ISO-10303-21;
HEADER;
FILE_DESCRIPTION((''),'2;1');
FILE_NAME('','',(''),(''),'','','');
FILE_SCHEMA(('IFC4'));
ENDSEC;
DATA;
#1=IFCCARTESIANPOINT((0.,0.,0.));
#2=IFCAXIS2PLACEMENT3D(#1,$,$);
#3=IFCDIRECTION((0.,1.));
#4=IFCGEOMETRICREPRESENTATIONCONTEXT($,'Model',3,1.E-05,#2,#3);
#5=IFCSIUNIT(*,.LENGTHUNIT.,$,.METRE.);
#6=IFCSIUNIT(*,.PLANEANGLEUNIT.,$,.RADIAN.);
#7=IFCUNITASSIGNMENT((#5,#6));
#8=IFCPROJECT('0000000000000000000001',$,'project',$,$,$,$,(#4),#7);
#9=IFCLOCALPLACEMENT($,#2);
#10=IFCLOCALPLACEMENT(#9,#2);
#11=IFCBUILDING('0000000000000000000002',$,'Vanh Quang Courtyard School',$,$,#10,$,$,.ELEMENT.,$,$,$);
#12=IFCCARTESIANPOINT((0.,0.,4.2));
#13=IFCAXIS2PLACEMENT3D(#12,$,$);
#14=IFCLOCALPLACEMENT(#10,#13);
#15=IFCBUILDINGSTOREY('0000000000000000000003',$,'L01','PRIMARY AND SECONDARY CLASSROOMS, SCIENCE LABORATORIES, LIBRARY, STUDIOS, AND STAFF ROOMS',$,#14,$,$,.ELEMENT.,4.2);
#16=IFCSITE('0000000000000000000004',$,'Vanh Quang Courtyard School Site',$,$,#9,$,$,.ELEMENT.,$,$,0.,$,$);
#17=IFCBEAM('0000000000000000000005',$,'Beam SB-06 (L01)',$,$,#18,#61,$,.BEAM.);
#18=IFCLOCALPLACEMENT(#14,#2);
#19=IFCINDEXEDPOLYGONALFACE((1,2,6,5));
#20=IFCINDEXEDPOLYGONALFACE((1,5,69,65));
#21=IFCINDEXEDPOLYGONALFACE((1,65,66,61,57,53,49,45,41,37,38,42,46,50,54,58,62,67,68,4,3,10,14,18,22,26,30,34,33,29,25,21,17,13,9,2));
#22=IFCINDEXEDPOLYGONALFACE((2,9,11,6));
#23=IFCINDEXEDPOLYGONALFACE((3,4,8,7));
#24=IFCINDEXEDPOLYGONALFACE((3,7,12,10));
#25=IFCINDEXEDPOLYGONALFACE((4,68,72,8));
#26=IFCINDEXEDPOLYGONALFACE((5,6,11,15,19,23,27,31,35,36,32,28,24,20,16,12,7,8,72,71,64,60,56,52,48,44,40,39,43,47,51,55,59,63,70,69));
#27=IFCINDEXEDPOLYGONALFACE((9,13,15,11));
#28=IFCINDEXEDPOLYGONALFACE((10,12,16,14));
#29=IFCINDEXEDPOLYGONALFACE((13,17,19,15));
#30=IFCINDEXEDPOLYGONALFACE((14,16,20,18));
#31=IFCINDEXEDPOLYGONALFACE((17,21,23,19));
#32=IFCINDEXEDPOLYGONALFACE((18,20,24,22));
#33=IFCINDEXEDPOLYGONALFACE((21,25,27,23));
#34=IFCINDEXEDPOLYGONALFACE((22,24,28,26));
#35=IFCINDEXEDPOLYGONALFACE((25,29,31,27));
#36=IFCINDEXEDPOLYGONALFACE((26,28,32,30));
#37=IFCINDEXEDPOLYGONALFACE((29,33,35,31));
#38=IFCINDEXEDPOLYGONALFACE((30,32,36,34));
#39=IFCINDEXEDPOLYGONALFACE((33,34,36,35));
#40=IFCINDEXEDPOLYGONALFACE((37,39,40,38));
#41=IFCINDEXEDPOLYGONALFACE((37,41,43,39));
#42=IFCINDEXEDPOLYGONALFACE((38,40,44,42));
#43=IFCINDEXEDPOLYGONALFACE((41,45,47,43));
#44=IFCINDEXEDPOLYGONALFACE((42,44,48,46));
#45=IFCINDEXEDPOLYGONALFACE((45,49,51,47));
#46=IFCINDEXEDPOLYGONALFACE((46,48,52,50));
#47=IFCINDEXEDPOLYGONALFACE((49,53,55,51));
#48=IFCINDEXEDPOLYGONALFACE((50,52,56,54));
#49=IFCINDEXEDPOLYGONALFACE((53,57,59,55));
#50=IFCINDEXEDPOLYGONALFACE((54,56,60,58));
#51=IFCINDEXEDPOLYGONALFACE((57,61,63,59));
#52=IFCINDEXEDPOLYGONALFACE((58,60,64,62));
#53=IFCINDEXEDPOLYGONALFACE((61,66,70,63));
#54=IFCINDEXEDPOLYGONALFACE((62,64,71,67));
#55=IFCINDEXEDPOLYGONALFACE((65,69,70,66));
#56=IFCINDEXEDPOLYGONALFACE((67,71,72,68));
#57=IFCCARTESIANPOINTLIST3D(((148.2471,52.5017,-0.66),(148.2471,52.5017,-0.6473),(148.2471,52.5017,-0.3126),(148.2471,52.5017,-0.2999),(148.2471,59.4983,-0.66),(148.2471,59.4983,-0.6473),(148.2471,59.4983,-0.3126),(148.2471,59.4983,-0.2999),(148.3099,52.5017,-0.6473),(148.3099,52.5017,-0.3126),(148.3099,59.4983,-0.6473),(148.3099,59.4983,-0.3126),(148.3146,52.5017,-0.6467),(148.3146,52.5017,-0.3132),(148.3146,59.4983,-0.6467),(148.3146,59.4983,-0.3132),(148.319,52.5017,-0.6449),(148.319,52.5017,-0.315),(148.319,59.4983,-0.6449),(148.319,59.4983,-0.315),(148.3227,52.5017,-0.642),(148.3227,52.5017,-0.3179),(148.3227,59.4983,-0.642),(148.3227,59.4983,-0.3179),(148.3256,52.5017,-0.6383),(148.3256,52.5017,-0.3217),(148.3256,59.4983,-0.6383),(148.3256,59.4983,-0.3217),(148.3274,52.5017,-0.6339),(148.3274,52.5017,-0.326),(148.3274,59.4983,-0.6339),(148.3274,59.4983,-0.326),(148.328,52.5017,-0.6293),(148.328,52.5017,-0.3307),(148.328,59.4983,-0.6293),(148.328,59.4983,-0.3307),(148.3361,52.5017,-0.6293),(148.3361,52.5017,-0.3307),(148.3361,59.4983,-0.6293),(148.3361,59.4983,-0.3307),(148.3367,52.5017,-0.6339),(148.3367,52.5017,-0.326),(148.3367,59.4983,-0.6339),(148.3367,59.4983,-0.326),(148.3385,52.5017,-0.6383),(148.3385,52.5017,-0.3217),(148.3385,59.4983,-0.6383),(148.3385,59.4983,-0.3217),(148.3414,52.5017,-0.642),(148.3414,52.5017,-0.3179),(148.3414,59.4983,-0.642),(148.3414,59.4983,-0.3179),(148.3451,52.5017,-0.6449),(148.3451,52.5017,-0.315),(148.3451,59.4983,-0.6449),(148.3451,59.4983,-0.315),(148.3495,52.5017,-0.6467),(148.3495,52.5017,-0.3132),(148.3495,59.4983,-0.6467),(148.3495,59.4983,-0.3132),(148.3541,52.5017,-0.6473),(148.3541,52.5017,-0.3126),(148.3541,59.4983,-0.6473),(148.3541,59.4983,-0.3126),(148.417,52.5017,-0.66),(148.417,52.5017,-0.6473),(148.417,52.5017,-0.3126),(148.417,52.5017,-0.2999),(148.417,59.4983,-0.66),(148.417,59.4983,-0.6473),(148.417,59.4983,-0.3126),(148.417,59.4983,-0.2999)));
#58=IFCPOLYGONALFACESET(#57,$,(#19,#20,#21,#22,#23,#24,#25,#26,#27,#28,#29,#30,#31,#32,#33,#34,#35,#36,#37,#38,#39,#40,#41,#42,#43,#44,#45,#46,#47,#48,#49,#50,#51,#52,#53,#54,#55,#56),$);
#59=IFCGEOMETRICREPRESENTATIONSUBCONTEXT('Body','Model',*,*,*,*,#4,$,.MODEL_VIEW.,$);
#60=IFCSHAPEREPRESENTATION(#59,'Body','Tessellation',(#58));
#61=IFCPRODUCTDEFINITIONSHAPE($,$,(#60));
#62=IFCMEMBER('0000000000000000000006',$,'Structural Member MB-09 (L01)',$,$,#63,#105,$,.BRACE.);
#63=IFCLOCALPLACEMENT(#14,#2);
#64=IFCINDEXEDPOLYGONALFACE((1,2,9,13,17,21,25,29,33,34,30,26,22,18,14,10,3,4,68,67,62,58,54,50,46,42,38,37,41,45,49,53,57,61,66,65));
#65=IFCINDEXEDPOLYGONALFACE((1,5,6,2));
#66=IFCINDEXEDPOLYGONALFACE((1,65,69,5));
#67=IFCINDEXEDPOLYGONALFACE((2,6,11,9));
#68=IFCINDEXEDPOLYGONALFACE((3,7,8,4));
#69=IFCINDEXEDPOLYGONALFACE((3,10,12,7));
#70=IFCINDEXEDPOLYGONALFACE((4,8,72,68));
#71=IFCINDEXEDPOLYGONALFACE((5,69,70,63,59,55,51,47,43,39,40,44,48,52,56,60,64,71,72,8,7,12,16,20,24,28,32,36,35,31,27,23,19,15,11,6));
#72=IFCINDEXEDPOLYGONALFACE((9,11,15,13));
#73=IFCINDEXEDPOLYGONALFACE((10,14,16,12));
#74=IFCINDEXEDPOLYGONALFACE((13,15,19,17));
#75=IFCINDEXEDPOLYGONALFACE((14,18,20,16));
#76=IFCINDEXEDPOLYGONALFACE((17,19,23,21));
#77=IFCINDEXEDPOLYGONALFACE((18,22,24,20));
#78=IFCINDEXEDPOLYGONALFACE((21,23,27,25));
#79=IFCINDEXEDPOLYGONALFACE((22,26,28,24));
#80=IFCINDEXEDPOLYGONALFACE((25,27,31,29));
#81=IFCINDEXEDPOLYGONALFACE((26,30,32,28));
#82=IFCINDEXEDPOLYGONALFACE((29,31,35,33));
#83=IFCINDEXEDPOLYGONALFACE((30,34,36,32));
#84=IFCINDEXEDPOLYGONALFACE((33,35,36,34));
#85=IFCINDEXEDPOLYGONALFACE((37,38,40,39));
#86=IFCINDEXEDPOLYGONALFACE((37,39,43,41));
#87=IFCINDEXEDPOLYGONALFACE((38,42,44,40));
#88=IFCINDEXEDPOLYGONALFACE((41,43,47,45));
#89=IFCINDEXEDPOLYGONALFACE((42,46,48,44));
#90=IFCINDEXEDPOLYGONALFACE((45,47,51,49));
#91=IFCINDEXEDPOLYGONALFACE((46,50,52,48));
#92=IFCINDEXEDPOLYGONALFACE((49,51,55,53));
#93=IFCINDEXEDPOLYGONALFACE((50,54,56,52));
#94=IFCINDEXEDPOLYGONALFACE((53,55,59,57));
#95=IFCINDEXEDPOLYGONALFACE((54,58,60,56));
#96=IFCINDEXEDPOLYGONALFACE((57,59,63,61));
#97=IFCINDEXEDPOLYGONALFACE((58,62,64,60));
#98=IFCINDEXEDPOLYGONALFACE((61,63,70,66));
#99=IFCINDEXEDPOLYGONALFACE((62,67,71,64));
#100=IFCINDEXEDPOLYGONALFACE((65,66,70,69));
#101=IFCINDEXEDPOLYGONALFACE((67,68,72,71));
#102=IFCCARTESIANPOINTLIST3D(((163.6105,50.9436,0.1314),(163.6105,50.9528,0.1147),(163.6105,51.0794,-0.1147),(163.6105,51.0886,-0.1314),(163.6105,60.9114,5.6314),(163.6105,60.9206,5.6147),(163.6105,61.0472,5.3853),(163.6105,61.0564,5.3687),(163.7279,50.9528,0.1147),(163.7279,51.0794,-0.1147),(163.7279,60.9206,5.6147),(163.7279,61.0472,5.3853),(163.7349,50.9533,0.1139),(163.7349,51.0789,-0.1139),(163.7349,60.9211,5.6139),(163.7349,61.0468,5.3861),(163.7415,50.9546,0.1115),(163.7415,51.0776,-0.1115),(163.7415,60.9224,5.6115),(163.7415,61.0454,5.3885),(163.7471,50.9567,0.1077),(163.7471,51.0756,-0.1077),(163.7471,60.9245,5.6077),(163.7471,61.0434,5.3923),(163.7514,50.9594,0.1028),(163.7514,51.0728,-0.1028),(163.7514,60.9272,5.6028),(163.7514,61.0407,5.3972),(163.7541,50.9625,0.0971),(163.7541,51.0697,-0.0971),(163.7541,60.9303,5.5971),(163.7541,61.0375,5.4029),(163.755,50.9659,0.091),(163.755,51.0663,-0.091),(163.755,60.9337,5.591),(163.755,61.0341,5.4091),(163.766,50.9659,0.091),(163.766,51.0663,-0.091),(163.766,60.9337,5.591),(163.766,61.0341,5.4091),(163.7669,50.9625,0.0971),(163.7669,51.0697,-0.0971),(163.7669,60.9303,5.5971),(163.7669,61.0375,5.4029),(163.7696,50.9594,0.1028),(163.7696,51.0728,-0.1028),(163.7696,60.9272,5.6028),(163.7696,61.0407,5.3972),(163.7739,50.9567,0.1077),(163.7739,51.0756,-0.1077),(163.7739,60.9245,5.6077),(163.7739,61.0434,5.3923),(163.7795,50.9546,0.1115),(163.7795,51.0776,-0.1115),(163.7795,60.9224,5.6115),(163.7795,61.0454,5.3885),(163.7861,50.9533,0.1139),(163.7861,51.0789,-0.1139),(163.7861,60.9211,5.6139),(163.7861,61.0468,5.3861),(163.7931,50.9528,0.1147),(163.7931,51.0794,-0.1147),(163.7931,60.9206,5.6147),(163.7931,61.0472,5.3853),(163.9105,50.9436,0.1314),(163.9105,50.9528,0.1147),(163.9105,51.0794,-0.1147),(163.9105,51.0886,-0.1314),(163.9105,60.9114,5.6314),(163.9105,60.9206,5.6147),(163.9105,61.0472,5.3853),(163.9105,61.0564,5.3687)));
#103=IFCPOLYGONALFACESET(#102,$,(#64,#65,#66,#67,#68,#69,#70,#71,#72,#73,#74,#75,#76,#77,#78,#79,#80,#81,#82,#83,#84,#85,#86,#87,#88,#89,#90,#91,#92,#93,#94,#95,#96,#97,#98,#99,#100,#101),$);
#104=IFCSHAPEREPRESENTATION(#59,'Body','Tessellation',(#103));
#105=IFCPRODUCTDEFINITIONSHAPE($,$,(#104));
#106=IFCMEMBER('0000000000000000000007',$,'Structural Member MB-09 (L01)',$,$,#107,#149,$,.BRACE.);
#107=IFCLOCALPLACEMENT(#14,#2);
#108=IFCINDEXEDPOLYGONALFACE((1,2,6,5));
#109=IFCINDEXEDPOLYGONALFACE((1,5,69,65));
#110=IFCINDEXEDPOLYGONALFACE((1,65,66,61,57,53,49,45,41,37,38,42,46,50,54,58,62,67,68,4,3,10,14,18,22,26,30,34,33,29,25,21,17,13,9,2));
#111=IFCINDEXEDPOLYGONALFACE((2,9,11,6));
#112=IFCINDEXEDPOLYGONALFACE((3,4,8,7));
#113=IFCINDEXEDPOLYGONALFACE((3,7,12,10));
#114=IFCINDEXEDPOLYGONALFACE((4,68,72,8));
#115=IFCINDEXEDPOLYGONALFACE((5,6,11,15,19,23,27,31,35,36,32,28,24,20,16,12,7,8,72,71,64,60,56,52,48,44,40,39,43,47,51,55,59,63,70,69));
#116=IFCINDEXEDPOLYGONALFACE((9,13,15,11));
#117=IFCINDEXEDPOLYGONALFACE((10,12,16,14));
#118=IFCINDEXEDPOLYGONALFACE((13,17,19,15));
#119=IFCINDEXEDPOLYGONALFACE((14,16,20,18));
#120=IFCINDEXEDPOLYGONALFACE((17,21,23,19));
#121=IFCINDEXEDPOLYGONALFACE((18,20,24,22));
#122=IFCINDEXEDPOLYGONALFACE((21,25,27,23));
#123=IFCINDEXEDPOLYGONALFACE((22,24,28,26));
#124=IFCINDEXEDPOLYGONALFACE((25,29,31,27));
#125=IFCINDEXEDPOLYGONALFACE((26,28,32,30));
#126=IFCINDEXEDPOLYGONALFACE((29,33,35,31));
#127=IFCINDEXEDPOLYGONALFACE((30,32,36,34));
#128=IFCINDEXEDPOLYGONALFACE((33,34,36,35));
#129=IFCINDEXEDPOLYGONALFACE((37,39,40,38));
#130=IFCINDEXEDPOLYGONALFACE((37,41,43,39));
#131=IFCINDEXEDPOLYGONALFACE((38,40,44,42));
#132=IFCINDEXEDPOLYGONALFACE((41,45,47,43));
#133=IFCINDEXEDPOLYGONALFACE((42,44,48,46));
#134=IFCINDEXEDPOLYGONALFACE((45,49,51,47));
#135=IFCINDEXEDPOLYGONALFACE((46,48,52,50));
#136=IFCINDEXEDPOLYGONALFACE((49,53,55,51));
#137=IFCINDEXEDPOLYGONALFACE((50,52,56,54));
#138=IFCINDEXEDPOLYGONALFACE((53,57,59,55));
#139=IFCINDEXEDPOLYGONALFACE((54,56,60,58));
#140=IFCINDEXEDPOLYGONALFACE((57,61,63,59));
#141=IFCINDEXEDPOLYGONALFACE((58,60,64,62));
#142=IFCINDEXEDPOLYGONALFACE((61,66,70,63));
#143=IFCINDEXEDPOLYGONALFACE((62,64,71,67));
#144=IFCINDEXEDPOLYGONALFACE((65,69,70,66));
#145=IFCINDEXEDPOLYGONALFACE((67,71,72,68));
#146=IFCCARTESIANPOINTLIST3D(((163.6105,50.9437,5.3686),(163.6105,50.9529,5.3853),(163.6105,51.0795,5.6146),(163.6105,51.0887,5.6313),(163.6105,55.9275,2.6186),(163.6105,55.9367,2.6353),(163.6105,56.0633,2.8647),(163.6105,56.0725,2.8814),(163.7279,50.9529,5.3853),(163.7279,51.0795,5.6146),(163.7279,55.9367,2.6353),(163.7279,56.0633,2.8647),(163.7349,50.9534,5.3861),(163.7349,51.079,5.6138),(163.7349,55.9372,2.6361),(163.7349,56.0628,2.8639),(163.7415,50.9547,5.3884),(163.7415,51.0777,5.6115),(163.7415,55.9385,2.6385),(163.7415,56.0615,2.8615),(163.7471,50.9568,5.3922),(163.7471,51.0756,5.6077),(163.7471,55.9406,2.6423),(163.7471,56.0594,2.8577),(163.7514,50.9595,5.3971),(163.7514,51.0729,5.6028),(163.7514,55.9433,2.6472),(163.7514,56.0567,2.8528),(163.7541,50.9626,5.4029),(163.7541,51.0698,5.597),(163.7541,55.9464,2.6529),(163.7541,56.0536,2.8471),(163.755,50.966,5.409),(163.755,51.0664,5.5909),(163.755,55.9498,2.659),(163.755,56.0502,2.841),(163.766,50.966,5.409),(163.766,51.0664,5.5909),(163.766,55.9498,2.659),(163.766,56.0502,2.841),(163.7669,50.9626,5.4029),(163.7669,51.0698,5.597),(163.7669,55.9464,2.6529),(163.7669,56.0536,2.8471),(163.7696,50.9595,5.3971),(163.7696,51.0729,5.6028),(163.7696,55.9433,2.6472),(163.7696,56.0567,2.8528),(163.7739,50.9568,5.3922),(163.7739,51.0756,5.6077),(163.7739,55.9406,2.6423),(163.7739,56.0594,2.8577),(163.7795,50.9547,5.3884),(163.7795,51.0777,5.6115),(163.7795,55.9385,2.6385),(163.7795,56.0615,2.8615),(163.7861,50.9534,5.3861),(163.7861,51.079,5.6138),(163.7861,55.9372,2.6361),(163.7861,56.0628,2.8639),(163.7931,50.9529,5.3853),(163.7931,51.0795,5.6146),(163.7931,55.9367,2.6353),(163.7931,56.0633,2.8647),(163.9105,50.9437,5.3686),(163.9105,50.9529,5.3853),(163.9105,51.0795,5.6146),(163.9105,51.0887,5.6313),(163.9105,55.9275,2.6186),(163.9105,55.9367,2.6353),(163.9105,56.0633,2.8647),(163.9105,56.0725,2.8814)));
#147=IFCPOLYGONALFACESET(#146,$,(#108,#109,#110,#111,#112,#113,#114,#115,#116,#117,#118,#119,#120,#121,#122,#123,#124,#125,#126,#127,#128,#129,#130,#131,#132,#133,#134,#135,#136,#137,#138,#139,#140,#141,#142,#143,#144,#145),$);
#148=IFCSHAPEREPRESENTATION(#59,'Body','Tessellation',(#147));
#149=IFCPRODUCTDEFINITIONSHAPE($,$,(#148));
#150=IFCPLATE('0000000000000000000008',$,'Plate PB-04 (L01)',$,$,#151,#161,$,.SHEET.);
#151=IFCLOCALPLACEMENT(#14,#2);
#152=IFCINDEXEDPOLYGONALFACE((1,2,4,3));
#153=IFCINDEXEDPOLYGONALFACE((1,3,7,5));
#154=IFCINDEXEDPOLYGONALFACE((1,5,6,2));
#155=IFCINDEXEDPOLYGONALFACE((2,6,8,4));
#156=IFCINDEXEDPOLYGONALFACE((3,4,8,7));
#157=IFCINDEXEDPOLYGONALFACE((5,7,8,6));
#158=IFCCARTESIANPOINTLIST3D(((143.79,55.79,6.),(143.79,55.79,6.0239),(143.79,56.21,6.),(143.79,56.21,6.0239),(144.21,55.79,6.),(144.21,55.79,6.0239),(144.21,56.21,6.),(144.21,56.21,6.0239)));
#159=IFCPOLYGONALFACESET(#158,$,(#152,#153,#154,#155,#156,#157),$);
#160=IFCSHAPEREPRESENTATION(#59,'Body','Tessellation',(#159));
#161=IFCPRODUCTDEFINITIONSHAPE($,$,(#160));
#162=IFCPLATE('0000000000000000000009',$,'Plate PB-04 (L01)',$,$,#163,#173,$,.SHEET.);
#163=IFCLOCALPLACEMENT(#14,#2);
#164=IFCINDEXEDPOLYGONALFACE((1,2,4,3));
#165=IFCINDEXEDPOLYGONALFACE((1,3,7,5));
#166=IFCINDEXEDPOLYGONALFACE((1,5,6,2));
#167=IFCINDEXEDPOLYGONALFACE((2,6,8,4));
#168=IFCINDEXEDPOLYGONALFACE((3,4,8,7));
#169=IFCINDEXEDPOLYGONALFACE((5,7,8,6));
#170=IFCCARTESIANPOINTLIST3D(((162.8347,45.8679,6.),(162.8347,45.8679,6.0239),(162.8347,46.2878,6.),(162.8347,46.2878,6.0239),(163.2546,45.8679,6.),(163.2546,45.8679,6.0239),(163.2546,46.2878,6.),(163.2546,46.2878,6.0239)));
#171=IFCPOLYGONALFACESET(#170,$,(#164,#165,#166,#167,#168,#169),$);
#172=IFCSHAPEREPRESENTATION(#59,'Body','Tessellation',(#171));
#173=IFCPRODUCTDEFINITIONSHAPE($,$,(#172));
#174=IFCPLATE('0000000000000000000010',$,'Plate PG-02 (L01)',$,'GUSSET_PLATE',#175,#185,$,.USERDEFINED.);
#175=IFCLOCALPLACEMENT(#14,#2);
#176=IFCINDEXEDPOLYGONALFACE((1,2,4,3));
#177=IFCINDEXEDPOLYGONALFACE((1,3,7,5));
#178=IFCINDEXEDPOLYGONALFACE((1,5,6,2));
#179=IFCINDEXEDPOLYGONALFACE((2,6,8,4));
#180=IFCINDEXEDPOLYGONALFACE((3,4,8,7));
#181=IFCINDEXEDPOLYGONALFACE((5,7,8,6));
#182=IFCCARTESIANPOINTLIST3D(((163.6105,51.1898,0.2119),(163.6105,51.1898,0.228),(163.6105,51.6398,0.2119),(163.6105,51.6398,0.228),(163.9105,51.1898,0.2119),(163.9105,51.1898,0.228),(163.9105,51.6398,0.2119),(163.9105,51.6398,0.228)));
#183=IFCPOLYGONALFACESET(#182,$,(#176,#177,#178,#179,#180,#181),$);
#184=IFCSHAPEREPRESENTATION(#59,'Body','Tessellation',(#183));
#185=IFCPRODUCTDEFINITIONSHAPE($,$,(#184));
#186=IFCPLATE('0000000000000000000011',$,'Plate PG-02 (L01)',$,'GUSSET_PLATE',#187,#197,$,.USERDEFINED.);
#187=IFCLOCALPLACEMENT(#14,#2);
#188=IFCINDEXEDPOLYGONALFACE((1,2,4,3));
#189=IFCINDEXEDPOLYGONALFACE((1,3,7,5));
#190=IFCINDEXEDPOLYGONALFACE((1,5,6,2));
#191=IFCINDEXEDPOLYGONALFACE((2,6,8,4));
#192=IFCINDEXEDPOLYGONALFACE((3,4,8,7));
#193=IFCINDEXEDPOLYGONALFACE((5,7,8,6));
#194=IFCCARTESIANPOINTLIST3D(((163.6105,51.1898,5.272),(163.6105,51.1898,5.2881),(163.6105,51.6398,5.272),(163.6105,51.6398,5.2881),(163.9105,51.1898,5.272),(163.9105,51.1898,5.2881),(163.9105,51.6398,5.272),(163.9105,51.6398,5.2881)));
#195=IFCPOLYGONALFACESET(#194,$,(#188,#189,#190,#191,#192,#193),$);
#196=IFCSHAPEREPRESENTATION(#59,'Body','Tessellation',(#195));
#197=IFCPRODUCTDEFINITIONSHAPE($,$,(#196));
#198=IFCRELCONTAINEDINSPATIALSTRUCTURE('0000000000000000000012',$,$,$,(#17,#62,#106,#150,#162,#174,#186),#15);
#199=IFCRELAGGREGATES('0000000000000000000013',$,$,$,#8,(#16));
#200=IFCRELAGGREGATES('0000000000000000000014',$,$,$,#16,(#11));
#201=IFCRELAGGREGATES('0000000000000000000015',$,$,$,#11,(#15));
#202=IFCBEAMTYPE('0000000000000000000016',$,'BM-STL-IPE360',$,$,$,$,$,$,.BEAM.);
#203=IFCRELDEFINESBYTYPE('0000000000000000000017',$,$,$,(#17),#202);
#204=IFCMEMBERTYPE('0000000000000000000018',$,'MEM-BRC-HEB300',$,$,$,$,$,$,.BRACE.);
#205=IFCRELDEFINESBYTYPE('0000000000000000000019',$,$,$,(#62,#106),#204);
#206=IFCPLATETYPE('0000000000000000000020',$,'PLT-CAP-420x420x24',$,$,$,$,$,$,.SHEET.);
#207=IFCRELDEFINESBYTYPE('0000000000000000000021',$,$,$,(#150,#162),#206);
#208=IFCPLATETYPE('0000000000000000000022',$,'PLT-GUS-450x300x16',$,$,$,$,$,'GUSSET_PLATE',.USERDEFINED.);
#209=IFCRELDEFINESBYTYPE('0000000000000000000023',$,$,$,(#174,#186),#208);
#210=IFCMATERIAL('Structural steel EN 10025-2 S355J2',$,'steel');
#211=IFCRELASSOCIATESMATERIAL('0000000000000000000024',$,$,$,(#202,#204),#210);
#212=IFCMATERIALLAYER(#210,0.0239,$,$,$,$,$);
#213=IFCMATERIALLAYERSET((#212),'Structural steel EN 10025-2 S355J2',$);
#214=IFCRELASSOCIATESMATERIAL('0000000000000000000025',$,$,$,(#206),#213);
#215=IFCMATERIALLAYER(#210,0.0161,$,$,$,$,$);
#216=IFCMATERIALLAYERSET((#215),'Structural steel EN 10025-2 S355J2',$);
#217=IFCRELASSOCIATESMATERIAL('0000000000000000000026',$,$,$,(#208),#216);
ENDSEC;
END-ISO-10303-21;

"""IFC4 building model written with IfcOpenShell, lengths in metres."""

from ifc_helpers import new_model, si_unit, direction, frame, origin, origin_2d, place, context, subcontext, project, spatial, rectangle, i_section, extrude, material, layer, layer_set, material_profile, profile_set, type_object, element, save


model = new_model("IFC4")

# Units and contexts
model_context = context("Model", 3, precision=1e-05, world=origin(), true_north=direction((0.0, 1.0)))
body_context = subcontext(model_context, "Body", "Model", "MODEL_VIEW")
ifc_project = project(units=[si_unit("LENGTHUNIT", "METRE"), si_unit("PLANEANGLEUNIT", "RADIAN")], contexts=[model_context])

# Site, building, storey
site_placement = place(None, origin())
site = spatial("IfcSite", under=ifc_project, at=site_placement, Name="Vanh Quang Courtyard School Site", CompositionType="ELEMENT", RefElevation=0.0)
building_placement = place(site_placement, origin())
building = spatial("IfcBuilding", under=site, at=building_placement, Name="Vanh Quang Courtyard School", CompositionType="ELEMENT")
storey_placement = place(building_placement, frame((0.0, 0.0, 4.2)))
storey = spatial("IfcBuildingStorey", under=building, at=storey_placement, Name="L01", Description="PRIMARY AND SECONDARY CLASSROOMS, SCIENCE LABORATORIES, LIBRARY, STUDIOS, AND STAFF ROOMS", CompositionType="ELEMENT", Elevation=4.2)

# Shared definitions
ifc_material_1 = material(Name="Structural steel EN 10025-2 S355J2", Category="steel")

# Beam
ifc_material_profile_1 = material_profile(ifc_material_1, i_section(OverallWidth=0.1699, OverallDepth=0.3601, WebThickness=0.0081, FlangeThickness=0.0127, FilletRadius=0.0181, at=origin_2d()), Name="IPE 360")
ifc_profile_set_1 = profile_set([ifc_material_profile_1], Name="Structural steel EN 10025-2 S355J2")
beam_type_1 = type_object("IfcBeamType", Name="BM-STL-IPE360", PredefinedType="BEAM", material=ifc_profile_set_1)
beam_1_placement = place(storey_placement, frame((148.332, 52.5017, -0.48), z_axis=(0.0, 1.0, 0.0), x_axis=(-1.0, 0.0, 0.0)))
element("IfcBeam", 1, at=beam_1_placement, inside=storey, type_object=beam_type_1, Name="Beam SB-06 (L01)", PredefinedType="BEAM", context=body_context, shape_type="SweptSolid", body=[
    extrude(i_section(OverallWidth=0.1699, OverallDepth=0.3601, WebThickness=0.0081, FlangeThickness=0.0127, FilletRadius=0.0181, at=origin_2d()), origin(), (0.0, 0.0, 1.0), 6.9966),
])

# Members
ifc_material_profile_2 = material_profile(ifc_material_1, i_section(OverallWidth=0.3, OverallDepth=0.3, WebThickness=0.011, FlangeThickness=0.019, FilletRadius=0.0271, at=origin_2d()), Name="HEB 300")
ifc_profile_set_2 = profile_set([ifc_material_profile_2], Name="Structural steel EN 10025-2 S355J2")
member_type = type_object("IfcMemberType", Name="MEM-BRC-HEB300", PredefinedType="BRACE", material=ifc_profile_set_2)
member_1_placement = place(storey_placement, frame((163.7605, 51.0161, 0.0), z_axis=(0.0, 0.875558, 0.483114), x_axis=(-1.0, 0.0, 0.0)))
element("IfcMember", 2, at=member_1_placement, inside=storey, type_object=member_type, Name="Structural Member MB-09 (L01)", PredefinedType="BRACE", context=body_context, shape_type="SweptSolid", body=[
    extrude(i_section(OverallWidth=0.3, OverallDepth=0.3, WebThickness=0.011, FlangeThickness=0.019, FilletRadius=0.0271, at=origin_2d()), origin(), (0.0, 0.0, 1.0), 11.3845),
])
member_2_placement = place(storey_placement, frame((163.7605, 56.0, 2.75), z_axis=(0.0, -0.875558, 0.483114), x_axis=(1.0, 0.0, 0.0)))
element("IfcMember", 3, at=member_2_placement, inside=storey, type_object=member_type, Name="Structural Member MB-09 (L01)", PredefinedType="BRACE", context=body_context, shape_type="SweptSolid", body=[
    extrude(i_section(OverallWidth=0.3, OverallDepth=0.3, WebThickness=0.011, FlangeThickness=0.019, FilletRadius=0.0271, at=origin_2d()), origin(), (0.0, 0.0, 1.0), 5.6921),
])

# Plates
ifc_layer_1 = layer(ifc_material_1, 0.0239)
ifc_layer_set_1 = layer_set([ifc_layer_1], Name="Structural steel EN 10025-2 S355J2")
plate_type_1 = type_object("IfcPlateType", Name="PLT-CAP-420x420x24", PredefinedType="SHEET", material=ifc_layer_set_1)
for number, where, z_axis, x_axis, name in (
    (4, (144.0, 56.0, 6.0), (0.0, 0.0, 1.0), (1.0, 0.0, 0.0), "Plate PB-04 (L01)"),
    (5, (163.0447, 46.0779, 6.0), (0.0, 0.0, 1.0), (1.0, 0.0, 0.0), "Plate PB-04 (L01)"),
):
    element("IfcPlate", number, at=place(storey_placement, frame(where, z_axis=z_axis, x_axis=x_axis)), inside=storey, type_object=plate_type_1, Name=name, PredefinedType="SHEET", context=body_context, shape_type="SweptSolid", body=[
        extrude(rectangle(XDim=0.4199, YDim=0.4199, at=origin_2d()), origin(), (0.0, 0.0, 1.0), 0.0239),
    ])
ifc_layer_2 = layer(ifc_material_1, 0.0161)
ifc_layer_set_2 = layer_set([ifc_layer_2], Name="Structural steel EN 10025-2 S355J2")
plate_type_2 = type_object("IfcPlateType", Name="PLT-GUS-450x300x16", ElementType="GUSSET_PLATE", PredefinedType="USERDEFINED", material=ifc_layer_set_2)
for number, where, z_axis, x_axis, name in (
    (6, (163.7605, 51.4148, 0.2119), (0.0, 0.0, 1.0), (0.0, 1.0, 0.0), "Plate PG-02 (L01)"),
    (7, (163.7605, 51.4148, 5.272), (0.0, 0.0, 1.0), (0.0, 1.0, 0.0), "Plate PG-02 (L01)"),
):
    element("IfcPlate", number, at=place(storey_placement, frame(where, z_axis=z_axis, x_axis=x_axis)), inside=storey, type_object=plate_type_2, Name=name, ObjectType="GUSSET_PLATE", PredefinedType="USERDEFINED", context=body_context, shape_type="SweptSolid", body=[
        extrude(rectangle(XDim=0.45, YDim=0.3, at=origin_2d()), origin(), (0.0, 0.0, 1.0), 0.0161),
    ])

save(model, "model.ifc")
